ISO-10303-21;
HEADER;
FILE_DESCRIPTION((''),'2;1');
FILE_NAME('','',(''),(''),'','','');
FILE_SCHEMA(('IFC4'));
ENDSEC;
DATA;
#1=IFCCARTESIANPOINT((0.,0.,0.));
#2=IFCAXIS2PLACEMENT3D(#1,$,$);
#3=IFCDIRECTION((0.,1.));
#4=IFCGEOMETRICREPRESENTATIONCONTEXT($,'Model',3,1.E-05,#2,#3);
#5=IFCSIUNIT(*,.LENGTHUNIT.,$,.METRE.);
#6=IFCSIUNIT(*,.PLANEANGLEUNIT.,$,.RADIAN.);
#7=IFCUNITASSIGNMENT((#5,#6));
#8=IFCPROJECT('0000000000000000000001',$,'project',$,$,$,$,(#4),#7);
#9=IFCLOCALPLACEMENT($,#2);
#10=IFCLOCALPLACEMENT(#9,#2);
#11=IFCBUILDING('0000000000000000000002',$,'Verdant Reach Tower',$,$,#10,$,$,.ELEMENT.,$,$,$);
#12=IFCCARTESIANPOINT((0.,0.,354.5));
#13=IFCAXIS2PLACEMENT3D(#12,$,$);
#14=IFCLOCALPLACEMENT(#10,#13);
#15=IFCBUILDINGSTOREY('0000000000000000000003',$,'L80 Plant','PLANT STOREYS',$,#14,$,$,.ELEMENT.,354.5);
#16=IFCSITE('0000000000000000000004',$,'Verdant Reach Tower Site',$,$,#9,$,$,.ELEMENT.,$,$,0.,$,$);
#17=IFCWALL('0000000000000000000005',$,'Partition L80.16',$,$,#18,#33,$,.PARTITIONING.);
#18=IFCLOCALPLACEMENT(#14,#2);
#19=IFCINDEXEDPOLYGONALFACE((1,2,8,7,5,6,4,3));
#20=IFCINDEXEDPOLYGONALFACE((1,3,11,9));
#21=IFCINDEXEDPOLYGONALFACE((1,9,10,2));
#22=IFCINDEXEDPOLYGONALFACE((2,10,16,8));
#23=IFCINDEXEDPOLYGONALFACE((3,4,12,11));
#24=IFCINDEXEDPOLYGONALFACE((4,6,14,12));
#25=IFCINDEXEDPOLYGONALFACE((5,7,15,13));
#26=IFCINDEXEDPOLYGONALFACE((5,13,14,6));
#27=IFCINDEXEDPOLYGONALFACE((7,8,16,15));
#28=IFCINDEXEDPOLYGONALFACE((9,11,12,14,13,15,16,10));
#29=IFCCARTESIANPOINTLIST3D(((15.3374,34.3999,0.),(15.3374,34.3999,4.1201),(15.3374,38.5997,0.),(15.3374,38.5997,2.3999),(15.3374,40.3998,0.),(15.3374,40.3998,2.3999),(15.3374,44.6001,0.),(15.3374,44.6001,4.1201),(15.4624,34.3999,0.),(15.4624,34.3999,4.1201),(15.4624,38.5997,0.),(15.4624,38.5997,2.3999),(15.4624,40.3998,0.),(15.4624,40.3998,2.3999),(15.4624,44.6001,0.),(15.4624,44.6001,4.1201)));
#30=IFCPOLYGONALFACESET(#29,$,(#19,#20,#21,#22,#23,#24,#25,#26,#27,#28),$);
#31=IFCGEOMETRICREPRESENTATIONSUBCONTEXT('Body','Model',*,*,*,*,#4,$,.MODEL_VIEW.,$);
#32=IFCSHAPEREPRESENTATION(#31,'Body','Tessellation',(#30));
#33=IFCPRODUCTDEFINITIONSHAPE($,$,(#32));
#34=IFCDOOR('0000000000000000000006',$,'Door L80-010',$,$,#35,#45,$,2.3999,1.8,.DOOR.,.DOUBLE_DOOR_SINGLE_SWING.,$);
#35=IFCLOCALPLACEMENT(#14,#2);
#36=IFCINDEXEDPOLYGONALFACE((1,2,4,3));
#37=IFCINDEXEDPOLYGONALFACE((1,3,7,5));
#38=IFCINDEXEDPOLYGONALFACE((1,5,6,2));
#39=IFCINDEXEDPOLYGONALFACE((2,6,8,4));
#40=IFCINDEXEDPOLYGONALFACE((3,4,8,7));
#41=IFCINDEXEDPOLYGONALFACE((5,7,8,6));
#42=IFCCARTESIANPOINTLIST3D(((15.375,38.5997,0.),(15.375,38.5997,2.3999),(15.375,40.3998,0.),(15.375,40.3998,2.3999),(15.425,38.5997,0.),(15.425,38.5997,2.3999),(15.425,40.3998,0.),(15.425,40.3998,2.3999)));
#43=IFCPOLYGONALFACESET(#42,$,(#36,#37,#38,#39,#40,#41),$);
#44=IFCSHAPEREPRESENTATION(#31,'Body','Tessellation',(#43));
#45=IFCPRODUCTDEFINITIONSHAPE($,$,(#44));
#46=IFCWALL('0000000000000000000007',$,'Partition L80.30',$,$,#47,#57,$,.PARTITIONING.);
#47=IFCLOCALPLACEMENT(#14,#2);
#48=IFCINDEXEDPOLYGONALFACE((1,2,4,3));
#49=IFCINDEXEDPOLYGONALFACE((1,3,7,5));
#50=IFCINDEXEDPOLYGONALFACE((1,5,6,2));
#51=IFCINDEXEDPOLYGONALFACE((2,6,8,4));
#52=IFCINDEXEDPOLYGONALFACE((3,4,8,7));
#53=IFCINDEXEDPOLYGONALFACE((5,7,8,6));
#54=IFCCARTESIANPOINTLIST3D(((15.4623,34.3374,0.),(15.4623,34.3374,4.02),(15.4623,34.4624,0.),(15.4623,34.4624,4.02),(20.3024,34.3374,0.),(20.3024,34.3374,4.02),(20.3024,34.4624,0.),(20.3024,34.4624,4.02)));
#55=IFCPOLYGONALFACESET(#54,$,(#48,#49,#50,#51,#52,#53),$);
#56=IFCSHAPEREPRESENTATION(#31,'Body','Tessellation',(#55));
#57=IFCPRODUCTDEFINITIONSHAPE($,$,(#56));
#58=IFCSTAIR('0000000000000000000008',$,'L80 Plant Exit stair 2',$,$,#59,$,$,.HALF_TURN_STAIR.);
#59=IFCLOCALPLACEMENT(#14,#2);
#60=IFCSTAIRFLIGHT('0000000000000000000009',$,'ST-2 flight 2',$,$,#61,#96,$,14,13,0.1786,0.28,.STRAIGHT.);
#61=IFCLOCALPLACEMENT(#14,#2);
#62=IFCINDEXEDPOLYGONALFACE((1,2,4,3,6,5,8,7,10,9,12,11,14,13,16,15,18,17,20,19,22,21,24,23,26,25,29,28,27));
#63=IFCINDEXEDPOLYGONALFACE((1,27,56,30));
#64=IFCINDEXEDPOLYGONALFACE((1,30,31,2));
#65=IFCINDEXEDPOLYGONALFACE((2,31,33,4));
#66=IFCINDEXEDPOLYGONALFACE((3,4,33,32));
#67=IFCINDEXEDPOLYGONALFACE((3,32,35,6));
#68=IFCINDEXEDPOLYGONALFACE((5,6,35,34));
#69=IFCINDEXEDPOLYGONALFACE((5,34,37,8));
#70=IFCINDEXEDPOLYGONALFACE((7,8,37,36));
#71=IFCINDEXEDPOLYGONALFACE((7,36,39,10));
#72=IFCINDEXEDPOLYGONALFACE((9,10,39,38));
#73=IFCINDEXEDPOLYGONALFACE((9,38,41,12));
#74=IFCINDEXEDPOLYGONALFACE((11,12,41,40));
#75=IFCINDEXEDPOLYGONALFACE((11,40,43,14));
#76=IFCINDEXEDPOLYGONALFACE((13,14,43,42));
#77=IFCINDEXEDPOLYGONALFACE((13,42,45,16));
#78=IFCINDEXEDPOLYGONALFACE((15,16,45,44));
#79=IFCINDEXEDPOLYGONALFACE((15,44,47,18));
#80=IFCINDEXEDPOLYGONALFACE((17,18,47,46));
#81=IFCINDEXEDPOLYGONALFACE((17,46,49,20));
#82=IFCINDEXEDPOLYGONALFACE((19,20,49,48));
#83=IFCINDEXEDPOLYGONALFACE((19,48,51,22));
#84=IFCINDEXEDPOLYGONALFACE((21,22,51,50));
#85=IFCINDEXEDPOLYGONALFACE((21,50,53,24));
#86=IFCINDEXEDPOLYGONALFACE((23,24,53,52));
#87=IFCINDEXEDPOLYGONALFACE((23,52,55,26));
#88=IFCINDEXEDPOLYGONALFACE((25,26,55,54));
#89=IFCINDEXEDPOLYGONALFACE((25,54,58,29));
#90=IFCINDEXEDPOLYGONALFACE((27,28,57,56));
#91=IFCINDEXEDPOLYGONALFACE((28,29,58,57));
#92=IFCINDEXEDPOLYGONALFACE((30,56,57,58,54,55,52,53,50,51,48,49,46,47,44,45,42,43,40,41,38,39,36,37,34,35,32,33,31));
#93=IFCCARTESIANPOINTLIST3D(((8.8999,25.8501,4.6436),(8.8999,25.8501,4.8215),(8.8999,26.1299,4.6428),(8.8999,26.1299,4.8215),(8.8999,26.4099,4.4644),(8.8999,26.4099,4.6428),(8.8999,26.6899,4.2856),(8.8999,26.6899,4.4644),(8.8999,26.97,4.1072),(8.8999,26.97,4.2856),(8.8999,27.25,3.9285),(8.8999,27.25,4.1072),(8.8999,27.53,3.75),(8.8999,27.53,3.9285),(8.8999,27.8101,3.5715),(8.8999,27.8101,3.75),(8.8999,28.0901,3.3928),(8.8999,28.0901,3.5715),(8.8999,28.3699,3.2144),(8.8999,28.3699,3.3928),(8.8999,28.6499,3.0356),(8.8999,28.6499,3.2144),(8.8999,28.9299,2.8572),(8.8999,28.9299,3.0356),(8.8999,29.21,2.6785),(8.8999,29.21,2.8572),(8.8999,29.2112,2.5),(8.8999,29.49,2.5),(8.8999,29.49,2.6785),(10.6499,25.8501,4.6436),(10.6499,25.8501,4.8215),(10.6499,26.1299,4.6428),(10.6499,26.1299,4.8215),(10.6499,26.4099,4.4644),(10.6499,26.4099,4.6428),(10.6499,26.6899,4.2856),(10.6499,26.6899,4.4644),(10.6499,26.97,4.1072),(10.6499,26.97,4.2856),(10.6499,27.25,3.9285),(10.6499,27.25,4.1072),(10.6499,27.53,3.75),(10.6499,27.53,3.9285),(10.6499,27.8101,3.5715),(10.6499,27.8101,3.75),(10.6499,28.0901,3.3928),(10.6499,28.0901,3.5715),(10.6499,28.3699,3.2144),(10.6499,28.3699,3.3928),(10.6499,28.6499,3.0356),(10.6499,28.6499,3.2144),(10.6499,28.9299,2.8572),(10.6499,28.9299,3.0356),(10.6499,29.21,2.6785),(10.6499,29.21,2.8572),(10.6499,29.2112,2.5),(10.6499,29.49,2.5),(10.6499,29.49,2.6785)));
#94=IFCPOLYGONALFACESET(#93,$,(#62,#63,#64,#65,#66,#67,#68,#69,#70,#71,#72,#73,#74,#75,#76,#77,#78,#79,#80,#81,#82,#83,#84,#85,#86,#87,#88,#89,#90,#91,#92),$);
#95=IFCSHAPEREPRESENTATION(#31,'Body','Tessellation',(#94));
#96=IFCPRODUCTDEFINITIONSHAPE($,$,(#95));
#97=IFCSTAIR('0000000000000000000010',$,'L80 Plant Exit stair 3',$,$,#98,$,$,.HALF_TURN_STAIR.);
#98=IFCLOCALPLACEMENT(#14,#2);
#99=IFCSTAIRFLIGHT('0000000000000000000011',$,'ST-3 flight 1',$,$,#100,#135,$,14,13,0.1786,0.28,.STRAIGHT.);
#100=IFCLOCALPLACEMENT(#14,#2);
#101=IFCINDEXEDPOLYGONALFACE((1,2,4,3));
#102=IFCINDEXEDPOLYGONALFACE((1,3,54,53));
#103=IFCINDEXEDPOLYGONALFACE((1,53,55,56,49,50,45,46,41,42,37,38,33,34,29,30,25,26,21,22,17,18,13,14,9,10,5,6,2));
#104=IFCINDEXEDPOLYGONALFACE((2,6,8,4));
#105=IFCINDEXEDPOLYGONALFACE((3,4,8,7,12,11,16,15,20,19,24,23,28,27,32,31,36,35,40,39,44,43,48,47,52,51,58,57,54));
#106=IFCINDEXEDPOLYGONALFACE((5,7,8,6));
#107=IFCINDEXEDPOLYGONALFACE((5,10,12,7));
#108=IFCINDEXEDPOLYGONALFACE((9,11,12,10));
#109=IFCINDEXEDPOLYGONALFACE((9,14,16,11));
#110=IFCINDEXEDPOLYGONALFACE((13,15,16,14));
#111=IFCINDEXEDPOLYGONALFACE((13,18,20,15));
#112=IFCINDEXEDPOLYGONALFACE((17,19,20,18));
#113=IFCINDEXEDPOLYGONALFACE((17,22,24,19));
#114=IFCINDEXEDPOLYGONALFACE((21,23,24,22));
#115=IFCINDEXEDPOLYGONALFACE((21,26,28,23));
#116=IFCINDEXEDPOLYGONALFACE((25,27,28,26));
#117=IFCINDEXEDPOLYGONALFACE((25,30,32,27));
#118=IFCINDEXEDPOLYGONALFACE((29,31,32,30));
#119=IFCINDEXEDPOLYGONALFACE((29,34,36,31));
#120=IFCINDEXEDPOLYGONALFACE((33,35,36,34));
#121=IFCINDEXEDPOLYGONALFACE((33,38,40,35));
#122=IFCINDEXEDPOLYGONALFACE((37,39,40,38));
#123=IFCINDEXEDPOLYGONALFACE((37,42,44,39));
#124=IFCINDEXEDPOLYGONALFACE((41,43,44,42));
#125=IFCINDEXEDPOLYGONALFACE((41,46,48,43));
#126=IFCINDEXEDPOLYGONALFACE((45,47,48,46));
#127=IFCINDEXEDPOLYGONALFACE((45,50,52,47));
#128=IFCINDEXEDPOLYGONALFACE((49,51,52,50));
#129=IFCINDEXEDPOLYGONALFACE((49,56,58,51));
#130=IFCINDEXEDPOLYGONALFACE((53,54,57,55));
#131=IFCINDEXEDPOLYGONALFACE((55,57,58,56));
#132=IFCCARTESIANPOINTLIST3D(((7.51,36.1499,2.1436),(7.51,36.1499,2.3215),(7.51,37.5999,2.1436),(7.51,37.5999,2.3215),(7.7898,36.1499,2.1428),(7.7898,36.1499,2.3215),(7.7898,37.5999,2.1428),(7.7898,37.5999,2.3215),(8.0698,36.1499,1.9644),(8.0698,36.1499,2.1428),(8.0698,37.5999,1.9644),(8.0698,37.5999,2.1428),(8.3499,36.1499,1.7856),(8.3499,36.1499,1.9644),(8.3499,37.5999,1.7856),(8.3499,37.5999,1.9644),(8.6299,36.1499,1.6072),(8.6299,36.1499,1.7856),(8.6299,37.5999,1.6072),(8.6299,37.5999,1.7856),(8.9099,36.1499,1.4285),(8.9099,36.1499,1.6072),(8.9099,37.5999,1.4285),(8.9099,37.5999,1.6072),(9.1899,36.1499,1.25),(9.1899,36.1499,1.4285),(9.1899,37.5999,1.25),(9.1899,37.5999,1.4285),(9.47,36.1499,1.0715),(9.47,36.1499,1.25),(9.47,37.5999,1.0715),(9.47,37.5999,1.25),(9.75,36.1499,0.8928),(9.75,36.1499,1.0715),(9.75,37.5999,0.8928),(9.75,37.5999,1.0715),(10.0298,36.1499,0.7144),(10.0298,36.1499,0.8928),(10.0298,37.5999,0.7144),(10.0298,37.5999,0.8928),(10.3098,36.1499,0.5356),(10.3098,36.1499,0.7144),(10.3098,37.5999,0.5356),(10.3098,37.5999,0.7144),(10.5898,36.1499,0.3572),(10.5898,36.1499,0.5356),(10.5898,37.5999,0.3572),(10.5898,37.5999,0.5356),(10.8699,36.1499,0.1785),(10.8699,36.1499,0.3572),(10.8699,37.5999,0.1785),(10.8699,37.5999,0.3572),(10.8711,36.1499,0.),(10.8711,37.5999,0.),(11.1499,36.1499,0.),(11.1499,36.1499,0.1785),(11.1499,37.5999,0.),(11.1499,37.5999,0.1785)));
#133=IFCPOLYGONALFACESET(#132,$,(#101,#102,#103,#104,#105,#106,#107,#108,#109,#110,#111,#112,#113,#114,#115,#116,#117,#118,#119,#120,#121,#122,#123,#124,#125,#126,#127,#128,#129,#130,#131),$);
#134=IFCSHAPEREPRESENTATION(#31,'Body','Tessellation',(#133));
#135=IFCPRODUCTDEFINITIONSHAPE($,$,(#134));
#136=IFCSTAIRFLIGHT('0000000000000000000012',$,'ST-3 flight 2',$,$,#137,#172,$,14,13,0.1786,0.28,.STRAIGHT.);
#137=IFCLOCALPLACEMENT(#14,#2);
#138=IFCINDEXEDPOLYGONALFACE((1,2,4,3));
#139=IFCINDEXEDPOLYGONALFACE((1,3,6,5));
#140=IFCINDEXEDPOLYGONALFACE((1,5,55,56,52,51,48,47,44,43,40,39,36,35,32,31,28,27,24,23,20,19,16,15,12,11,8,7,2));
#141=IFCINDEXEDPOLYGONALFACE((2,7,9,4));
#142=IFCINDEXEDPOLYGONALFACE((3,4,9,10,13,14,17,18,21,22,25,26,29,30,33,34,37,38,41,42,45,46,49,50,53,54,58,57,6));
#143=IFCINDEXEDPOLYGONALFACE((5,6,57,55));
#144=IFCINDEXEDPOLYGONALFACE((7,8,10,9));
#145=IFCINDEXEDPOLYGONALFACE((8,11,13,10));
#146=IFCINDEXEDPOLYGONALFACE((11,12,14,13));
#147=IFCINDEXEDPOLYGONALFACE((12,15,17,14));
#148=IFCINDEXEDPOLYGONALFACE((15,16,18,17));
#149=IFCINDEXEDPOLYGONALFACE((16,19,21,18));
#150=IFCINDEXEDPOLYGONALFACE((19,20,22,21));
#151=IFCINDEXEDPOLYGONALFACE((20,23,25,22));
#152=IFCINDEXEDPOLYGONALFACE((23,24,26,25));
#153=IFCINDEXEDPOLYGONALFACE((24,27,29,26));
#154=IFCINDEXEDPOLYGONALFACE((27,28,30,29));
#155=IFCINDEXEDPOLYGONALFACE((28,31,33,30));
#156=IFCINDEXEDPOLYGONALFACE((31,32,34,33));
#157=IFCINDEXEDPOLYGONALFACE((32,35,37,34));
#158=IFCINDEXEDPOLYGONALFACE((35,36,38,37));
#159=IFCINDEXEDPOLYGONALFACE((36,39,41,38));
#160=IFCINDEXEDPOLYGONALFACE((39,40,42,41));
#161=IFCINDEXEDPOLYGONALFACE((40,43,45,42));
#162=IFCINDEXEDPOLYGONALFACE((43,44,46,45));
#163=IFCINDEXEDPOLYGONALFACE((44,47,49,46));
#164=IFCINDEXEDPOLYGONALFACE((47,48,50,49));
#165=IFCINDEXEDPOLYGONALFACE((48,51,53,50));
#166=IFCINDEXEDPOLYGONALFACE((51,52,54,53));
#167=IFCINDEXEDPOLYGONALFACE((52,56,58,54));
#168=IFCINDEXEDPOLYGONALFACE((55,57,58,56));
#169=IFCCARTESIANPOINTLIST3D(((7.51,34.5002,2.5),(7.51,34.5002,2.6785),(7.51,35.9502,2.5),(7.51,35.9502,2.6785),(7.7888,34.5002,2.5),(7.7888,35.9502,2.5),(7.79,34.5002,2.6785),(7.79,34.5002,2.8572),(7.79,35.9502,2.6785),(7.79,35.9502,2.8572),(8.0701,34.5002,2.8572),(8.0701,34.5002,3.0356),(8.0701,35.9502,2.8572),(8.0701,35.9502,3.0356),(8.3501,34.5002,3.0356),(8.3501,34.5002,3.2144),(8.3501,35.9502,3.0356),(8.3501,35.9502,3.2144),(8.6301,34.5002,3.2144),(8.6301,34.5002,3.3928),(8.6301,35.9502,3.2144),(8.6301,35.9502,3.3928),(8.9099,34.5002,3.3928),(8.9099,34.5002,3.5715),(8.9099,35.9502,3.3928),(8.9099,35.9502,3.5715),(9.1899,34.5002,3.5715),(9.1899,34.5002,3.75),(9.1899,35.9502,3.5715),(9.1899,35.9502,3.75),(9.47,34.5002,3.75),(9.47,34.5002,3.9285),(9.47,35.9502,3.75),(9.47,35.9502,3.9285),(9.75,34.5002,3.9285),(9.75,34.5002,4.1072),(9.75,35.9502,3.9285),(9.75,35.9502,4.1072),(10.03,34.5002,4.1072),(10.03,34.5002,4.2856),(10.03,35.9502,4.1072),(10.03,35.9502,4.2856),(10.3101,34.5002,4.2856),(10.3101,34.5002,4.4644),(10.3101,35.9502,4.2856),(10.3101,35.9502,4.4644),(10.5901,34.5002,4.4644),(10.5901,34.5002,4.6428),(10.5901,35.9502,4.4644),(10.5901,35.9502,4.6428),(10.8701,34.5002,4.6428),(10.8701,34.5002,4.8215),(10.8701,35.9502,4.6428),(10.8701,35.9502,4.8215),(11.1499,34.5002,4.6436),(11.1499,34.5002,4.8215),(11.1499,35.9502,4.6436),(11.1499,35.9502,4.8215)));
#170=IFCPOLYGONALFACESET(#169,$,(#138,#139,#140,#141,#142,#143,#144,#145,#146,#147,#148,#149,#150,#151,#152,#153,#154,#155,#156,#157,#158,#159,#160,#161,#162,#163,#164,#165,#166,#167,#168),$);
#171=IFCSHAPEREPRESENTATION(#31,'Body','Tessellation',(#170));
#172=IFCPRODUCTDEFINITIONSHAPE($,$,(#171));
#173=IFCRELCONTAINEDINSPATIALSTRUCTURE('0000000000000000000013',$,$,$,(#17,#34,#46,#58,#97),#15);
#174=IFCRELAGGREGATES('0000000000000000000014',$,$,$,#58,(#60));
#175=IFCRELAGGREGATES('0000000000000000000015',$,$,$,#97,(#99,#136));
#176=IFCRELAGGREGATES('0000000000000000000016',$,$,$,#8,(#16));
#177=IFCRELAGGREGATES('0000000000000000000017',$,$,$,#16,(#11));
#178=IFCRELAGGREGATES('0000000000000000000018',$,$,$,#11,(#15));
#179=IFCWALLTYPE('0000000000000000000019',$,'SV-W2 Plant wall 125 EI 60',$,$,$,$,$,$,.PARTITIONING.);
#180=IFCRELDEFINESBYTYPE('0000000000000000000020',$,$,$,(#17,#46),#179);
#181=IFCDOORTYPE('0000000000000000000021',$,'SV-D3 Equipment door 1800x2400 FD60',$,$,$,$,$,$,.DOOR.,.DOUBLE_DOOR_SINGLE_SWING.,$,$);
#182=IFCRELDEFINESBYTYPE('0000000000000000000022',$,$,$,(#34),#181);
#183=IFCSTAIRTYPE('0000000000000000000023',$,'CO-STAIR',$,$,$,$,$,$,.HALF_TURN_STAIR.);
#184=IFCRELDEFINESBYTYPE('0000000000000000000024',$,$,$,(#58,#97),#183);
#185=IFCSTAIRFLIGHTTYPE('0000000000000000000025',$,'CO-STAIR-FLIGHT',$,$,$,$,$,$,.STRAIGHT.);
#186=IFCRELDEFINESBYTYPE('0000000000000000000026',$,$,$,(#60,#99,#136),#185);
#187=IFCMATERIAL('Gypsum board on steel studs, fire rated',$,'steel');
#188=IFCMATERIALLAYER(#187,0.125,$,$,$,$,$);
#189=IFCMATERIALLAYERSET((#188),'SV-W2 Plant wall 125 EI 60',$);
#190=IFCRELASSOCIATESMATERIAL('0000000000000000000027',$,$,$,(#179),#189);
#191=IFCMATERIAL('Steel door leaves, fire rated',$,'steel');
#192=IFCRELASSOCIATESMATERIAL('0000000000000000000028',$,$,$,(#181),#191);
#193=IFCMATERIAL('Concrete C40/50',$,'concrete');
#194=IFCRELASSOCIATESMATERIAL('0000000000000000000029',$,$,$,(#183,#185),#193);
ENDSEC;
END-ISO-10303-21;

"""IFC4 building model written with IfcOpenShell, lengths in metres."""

from ifc_helpers import new_model, si_unit, direction, frame, frame_2d, origin, place, context, subcontext, project, spatial, polyline, rectangle, outline, extrude, material, layer, layer_set, type_object, element, fill, aggregate, save


model = new_model("IFC4")

# Units and contexts
model_context = context("Model", 3, precision=1e-05, world=origin(), true_north=direction((0.0, 1.0)))
body_context = subcontext(model_context, "Body", "Model", "MODEL_VIEW")
ifc_project = project(units=[si_unit("LENGTHUNIT", "METRE"), si_unit("PLANEANGLEUNIT", "RADIAN")], contexts=[model_context])

# Site, building, storey
site_placement = place(None, origin())
site = spatial("IfcSite", under=ifc_project, at=site_placement, Name="Verdant Reach Tower Site", CompositionType="ELEMENT", RefElevation=0.0)
building_placement = place(site_placement, origin())
building = spatial("IfcBuilding", under=site, at=building_placement, Name="Verdant Reach Tower", CompositionType="ELEMENT")
storey_placement = place(building_placement, frame((0.0, 0.0, 354.5)))
storey = spatial("IfcBuildingStorey", under=building, at=storey_placement, Name="L80 Plant", Description="PLANT STOREYS", CompositionType="ELEMENT", Elevation=354.5)

# Shared definitions
ifc_material_1 = material(Name="Concrete C40/50", Category="concrete")

# Wall, opening, door
ifc_material_2 = material(Name="Gypsum board on steel studs, fire rated", Category="steel")
ifc_layer_1 = layer(ifc_material_2, 0.125)
ifc_layer_set_1 = layer_set([ifc_layer_1], Name="SV-W2 Plant wall 125 EI 60")
wall_type_1 = type_object("IfcWallType", Name="SV-W2 Plant wall 125 EI 60", PredefinedType="PARTITIONING", material=ifc_layer_set_1)
wall_1_placement = place(storey_placement, frame((15.3999, 34.3999, 0.0), z_axis=(0.0, 0.0, 1.0), x_axis=(0.0, 1.0, 0.0)))
wall_1 = element("IfcWall", 1, at=wall_1_placement, inside=storey, type_object=wall_type_1, Name="Partition L80.16", PredefinedType="PARTITIONING", context=body_context, shape_type="SweptSolid", body=[
    extrude(rectangle(XDim=10.2002, YDim=0.125, at=frame_2d((5.1001, 0.0))), origin(), (0.0, 0.0, 1.0), 4.1201),
])
opening_1_placement = place(wall_1_placement, frame((4.2, 0.0, 0.0)))
opening_1 = element("IfcOpeningElement", 2, at=opening_1_placement, cuts=wall_1, PredefinedType="OPENING", context=body_context, shape_type="SweptSolid", body=[
    extrude(rectangle(XDim=1.8, YDim=2.3999, at=frame_2d((0.8999, 1.2))), frame((0.0, 0.0725, 0.0), z_axis=(0.0, -1.0, 0.0), x_axis=(1.0, 0.0, 0.0)), (0.0, 0.0, 1.0), 0.145),
])
ifc_material_3 = material(Name="Steel door leaves, fire rated", Category="steel")
door_type_1 = type_object("IfcDoorType", Name="SV-D3 Equipment door 1800x2400 FD60", OperationType="DOUBLE_DOOR_SINGLE_SWING", PredefinedType="DOOR", material=ifc_material_3)
door_1_placement = place(opening_1_placement, origin())
door_1 = element("IfcDoor", 3, at=door_1_placement, inside=storey, type_object=door_type_1, Name="Door L80-010", OperationType="DOUBLE_DOOR_SINGLE_SWING", OverallHeight=2.3999, OverallWidth=1.8, PredefinedType="DOOR", context=body_context, shape_type="SweptSolid", body=[
    extrude(rectangle(XDim=1.8, YDim=2.3999, at=frame_2d((0.8999, 1.2))), frame((0.0, 0.0249, 0.0), z_axis=(0.0, -1.0, 0.0), x_axis=(1.0, 0.0, 0.0)), (0.0, 0.0, 1.0), 0.05),
])
fill(opening_1, door_1)

# Wall
wall_2_placement = place(storey_placement, frame((15.4624, 34.3999, 0.0), z_axis=(0.0, 0.0, 1.0), x_axis=(1.0, 0.0, 0.0)))
element("IfcWall", 4, at=wall_2_placement, inside=storey, type_object=wall_type_1, Name="Partition L80.30", PredefinedType="PARTITIONING", context=body_context, shape_type="SweptSolid", body=[
    extrude(rectangle(XDim=4.8401, YDim=0.125, at=frame_2d((2.4199, 0.0))), origin(), (0.0, 0.0, 1.0), 4.02),
])

# Stair, stair flight
stair_type = type_object("IfcStairType", Name="CO-STAIR", PredefinedType="HALF_TURN_STAIR", material=ifc_material_1)
stair_1_placement = place(storey_placement, origin())
stair_1 = element("IfcStair", 5, at=stair_1_placement, inside=storey, type_object=stair_type, Name="L80 Plant Exit stair 2", PredefinedType="HALF_TURN_STAIR")
stair_flight_type = type_object("IfcStairFlightType", Name="CO-STAIR-FLIGHT", PredefinedType="STRAIGHT", material=ifc_material_1)
stair_flight_1_placement = place(storey_placement, frame((9.7749, 29.49, 2.5), z_axis=(0.0, 0.0, 1.0), x_axis=(0.0, -1.0, 0.0)))
stair_flight_1 = element("IfcStairFlight", 6, at=stair_flight_1_placement, type_object=stair_flight_type, Name="ST-2 flight 2", NumberOfRisers=14, NumberOfTreads=13, PredefinedType="STRAIGHT", RiserHeight=0.1786, TreadLength=0.28, context=body_context, shape_type="SweptSolid", body=[
    extrude(outline(polyline([(0.0, 0.0), (0.0, 0.1785), (0.28, 0.1785), (0.28, 0.3572), (0.5601, 0.3572), (0.5601, 0.5356), (0.8401, 0.5356), (0.8401, 0.7144), (1.1201, 0.7144), (1.1201, 0.8928), (1.3999, 0.8928), (1.3999, 1.0715), (1.6799, 1.0715), (1.6799, 1.25), (1.96, 1.25), (1.96, 1.4285), (2.24, 1.4285), (2.24, 1.6072), (2.52, 1.6072), (2.52, 1.7856), (2.8, 1.7856), (2.8, 1.9644), (3.0801, 1.9644), (3.0801, 2.1428), (3.3601, 2.1428), (3.3601, 2.3215), (3.6399, 2.3215), (3.6399, 2.5), (3.6399, 2.1436), (0.2788, 0.0), (0.0, 0.0)])), frame((0.0, 0.875, 0.0), z_axis=(0.0, -1.0, 0.0), x_axis=(1.0, 0.0, 0.0)), (0.0, 0.0, 1.0), 1.75),
])
aggregate(stair_1, [stair_flight_1])

# Stair, stair flights
stair_2_placement = place(storey_placement, origin())
stair_2 = element("IfcStair", 7, at=stair_2_placement, inside=storey, type_object=stair_type, Name="L80 Plant Exit stair 3", PredefinedType="HALF_TURN_STAIR")
stair_flight_2_placement = place(storey_placement, frame((11.1499, 36.875, 0.0), z_axis=(0.0, 0.0, 1.0), x_axis=(-1.0, 0.0, 0.0)))
stair_flight_2 = element("IfcStairFlight", 8, at=stair_flight_2_placement, type_object=stair_flight_type, Name="ST-3 flight 1", NumberOfRisers=14, NumberOfTreads=13, PredefinedType="STRAIGHT", RiserHeight=0.1786, TreadLength=0.28, context=body_context, shape_type="SweptSolid", body=[
    extrude(outline(polyline([(0.0, 0.0), (0.0, 0.1785), (0.28, 0.1785), (0.28, 0.3572), (0.5601, 0.3572), (0.5601, 0.5356), (0.8401, 0.5356), (0.8401, 0.7144), (1.1201, 0.7144), (1.1201, 0.8928), (1.3999, 0.8928), (1.3999, 1.0715), (1.6799, 1.0715), (1.6799, 1.25), (1.96, 1.25), (1.96, 1.4285), (2.24, 1.4285), (2.24, 1.6072), (2.52, 1.6072), (2.52, 1.7856), (2.8, 1.7856), (2.8, 1.9644), (3.0801, 1.9644), (3.0801, 2.1428), (3.3601, 2.1428), (3.3601, 2.3215), (3.6399, 2.3215), (3.6399, 2.5), (3.6399, 2.1436), (0.2788, 0.0), (0.0, 0.0)])), frame((0.0, 0.7251, 0.0), z_axis=(0.0, -1.0, 0.0), x_axis=(1.0, 0.0, 0.0)), (0.0, 0.0, 1.0), 1.45),
])
stair_flight_3_placement = place(storey_placement, frame((7.51, 35.2251, 2.5), z_axis=(0.0, 0.0, 1.0), x_axis=(1.0, 0.0, 0.0)))
stair_flight_3 = element("IfcStairFlight", 9, at=stair_flight_3_placement, type_object=stair_flight_type, Name="ST-3 flight 2", NumberOfRisers=14, NumberOfTreads=13, PredefinedType="STRAIGHT", RiserHeight=0.1786, TreadLength=0.28, context=body_context, shape_type="SweptSolid", body=[
    extrude(outline(polyline([(0.0, 0.0), (0.0, 0.1785), (0.28, 0.1785), (0.28, 0.3572), (0.5601, 0.3572), (0.5601, 0.5356), (0.8401, 0.5356), (0.8401, 0.7144), (1.1201, 0.7144), (1.1201, 0.8928), (1.3999, 0.8928), (1.3999, 1.0715), (1.6799, 1.0715), (1.6799, 1.25), (1.96, 1.25), (1.96, 1.4285), (2.24, 1.4285), (2.24, 1.6072), (2.52, 1.6072), (2.52, 1.7856), (2.8, 1.7856), (2.8, 1.9644), (3.0801, 1.9644), (3.0801, 2.1428), (3.3601, 2.1428), (3.3601, 2.3215), (3.6399, 2.3215), (3.6399, 2.5), (3.6399, 2.1436), (0.2788, 0.0), (0.0, 0.0)])), frame((0.0, 0.7251, 0.0), z_axis=(0.0, -1.0, 0.0), x_axis=(1.0, 0.0, 0.0)), (0.0, 0.0, 1.0), 1.45),
])
aggregate(stair_2, [stair_flight_2, stair_flight_3])

save(model, "model.ifc")
